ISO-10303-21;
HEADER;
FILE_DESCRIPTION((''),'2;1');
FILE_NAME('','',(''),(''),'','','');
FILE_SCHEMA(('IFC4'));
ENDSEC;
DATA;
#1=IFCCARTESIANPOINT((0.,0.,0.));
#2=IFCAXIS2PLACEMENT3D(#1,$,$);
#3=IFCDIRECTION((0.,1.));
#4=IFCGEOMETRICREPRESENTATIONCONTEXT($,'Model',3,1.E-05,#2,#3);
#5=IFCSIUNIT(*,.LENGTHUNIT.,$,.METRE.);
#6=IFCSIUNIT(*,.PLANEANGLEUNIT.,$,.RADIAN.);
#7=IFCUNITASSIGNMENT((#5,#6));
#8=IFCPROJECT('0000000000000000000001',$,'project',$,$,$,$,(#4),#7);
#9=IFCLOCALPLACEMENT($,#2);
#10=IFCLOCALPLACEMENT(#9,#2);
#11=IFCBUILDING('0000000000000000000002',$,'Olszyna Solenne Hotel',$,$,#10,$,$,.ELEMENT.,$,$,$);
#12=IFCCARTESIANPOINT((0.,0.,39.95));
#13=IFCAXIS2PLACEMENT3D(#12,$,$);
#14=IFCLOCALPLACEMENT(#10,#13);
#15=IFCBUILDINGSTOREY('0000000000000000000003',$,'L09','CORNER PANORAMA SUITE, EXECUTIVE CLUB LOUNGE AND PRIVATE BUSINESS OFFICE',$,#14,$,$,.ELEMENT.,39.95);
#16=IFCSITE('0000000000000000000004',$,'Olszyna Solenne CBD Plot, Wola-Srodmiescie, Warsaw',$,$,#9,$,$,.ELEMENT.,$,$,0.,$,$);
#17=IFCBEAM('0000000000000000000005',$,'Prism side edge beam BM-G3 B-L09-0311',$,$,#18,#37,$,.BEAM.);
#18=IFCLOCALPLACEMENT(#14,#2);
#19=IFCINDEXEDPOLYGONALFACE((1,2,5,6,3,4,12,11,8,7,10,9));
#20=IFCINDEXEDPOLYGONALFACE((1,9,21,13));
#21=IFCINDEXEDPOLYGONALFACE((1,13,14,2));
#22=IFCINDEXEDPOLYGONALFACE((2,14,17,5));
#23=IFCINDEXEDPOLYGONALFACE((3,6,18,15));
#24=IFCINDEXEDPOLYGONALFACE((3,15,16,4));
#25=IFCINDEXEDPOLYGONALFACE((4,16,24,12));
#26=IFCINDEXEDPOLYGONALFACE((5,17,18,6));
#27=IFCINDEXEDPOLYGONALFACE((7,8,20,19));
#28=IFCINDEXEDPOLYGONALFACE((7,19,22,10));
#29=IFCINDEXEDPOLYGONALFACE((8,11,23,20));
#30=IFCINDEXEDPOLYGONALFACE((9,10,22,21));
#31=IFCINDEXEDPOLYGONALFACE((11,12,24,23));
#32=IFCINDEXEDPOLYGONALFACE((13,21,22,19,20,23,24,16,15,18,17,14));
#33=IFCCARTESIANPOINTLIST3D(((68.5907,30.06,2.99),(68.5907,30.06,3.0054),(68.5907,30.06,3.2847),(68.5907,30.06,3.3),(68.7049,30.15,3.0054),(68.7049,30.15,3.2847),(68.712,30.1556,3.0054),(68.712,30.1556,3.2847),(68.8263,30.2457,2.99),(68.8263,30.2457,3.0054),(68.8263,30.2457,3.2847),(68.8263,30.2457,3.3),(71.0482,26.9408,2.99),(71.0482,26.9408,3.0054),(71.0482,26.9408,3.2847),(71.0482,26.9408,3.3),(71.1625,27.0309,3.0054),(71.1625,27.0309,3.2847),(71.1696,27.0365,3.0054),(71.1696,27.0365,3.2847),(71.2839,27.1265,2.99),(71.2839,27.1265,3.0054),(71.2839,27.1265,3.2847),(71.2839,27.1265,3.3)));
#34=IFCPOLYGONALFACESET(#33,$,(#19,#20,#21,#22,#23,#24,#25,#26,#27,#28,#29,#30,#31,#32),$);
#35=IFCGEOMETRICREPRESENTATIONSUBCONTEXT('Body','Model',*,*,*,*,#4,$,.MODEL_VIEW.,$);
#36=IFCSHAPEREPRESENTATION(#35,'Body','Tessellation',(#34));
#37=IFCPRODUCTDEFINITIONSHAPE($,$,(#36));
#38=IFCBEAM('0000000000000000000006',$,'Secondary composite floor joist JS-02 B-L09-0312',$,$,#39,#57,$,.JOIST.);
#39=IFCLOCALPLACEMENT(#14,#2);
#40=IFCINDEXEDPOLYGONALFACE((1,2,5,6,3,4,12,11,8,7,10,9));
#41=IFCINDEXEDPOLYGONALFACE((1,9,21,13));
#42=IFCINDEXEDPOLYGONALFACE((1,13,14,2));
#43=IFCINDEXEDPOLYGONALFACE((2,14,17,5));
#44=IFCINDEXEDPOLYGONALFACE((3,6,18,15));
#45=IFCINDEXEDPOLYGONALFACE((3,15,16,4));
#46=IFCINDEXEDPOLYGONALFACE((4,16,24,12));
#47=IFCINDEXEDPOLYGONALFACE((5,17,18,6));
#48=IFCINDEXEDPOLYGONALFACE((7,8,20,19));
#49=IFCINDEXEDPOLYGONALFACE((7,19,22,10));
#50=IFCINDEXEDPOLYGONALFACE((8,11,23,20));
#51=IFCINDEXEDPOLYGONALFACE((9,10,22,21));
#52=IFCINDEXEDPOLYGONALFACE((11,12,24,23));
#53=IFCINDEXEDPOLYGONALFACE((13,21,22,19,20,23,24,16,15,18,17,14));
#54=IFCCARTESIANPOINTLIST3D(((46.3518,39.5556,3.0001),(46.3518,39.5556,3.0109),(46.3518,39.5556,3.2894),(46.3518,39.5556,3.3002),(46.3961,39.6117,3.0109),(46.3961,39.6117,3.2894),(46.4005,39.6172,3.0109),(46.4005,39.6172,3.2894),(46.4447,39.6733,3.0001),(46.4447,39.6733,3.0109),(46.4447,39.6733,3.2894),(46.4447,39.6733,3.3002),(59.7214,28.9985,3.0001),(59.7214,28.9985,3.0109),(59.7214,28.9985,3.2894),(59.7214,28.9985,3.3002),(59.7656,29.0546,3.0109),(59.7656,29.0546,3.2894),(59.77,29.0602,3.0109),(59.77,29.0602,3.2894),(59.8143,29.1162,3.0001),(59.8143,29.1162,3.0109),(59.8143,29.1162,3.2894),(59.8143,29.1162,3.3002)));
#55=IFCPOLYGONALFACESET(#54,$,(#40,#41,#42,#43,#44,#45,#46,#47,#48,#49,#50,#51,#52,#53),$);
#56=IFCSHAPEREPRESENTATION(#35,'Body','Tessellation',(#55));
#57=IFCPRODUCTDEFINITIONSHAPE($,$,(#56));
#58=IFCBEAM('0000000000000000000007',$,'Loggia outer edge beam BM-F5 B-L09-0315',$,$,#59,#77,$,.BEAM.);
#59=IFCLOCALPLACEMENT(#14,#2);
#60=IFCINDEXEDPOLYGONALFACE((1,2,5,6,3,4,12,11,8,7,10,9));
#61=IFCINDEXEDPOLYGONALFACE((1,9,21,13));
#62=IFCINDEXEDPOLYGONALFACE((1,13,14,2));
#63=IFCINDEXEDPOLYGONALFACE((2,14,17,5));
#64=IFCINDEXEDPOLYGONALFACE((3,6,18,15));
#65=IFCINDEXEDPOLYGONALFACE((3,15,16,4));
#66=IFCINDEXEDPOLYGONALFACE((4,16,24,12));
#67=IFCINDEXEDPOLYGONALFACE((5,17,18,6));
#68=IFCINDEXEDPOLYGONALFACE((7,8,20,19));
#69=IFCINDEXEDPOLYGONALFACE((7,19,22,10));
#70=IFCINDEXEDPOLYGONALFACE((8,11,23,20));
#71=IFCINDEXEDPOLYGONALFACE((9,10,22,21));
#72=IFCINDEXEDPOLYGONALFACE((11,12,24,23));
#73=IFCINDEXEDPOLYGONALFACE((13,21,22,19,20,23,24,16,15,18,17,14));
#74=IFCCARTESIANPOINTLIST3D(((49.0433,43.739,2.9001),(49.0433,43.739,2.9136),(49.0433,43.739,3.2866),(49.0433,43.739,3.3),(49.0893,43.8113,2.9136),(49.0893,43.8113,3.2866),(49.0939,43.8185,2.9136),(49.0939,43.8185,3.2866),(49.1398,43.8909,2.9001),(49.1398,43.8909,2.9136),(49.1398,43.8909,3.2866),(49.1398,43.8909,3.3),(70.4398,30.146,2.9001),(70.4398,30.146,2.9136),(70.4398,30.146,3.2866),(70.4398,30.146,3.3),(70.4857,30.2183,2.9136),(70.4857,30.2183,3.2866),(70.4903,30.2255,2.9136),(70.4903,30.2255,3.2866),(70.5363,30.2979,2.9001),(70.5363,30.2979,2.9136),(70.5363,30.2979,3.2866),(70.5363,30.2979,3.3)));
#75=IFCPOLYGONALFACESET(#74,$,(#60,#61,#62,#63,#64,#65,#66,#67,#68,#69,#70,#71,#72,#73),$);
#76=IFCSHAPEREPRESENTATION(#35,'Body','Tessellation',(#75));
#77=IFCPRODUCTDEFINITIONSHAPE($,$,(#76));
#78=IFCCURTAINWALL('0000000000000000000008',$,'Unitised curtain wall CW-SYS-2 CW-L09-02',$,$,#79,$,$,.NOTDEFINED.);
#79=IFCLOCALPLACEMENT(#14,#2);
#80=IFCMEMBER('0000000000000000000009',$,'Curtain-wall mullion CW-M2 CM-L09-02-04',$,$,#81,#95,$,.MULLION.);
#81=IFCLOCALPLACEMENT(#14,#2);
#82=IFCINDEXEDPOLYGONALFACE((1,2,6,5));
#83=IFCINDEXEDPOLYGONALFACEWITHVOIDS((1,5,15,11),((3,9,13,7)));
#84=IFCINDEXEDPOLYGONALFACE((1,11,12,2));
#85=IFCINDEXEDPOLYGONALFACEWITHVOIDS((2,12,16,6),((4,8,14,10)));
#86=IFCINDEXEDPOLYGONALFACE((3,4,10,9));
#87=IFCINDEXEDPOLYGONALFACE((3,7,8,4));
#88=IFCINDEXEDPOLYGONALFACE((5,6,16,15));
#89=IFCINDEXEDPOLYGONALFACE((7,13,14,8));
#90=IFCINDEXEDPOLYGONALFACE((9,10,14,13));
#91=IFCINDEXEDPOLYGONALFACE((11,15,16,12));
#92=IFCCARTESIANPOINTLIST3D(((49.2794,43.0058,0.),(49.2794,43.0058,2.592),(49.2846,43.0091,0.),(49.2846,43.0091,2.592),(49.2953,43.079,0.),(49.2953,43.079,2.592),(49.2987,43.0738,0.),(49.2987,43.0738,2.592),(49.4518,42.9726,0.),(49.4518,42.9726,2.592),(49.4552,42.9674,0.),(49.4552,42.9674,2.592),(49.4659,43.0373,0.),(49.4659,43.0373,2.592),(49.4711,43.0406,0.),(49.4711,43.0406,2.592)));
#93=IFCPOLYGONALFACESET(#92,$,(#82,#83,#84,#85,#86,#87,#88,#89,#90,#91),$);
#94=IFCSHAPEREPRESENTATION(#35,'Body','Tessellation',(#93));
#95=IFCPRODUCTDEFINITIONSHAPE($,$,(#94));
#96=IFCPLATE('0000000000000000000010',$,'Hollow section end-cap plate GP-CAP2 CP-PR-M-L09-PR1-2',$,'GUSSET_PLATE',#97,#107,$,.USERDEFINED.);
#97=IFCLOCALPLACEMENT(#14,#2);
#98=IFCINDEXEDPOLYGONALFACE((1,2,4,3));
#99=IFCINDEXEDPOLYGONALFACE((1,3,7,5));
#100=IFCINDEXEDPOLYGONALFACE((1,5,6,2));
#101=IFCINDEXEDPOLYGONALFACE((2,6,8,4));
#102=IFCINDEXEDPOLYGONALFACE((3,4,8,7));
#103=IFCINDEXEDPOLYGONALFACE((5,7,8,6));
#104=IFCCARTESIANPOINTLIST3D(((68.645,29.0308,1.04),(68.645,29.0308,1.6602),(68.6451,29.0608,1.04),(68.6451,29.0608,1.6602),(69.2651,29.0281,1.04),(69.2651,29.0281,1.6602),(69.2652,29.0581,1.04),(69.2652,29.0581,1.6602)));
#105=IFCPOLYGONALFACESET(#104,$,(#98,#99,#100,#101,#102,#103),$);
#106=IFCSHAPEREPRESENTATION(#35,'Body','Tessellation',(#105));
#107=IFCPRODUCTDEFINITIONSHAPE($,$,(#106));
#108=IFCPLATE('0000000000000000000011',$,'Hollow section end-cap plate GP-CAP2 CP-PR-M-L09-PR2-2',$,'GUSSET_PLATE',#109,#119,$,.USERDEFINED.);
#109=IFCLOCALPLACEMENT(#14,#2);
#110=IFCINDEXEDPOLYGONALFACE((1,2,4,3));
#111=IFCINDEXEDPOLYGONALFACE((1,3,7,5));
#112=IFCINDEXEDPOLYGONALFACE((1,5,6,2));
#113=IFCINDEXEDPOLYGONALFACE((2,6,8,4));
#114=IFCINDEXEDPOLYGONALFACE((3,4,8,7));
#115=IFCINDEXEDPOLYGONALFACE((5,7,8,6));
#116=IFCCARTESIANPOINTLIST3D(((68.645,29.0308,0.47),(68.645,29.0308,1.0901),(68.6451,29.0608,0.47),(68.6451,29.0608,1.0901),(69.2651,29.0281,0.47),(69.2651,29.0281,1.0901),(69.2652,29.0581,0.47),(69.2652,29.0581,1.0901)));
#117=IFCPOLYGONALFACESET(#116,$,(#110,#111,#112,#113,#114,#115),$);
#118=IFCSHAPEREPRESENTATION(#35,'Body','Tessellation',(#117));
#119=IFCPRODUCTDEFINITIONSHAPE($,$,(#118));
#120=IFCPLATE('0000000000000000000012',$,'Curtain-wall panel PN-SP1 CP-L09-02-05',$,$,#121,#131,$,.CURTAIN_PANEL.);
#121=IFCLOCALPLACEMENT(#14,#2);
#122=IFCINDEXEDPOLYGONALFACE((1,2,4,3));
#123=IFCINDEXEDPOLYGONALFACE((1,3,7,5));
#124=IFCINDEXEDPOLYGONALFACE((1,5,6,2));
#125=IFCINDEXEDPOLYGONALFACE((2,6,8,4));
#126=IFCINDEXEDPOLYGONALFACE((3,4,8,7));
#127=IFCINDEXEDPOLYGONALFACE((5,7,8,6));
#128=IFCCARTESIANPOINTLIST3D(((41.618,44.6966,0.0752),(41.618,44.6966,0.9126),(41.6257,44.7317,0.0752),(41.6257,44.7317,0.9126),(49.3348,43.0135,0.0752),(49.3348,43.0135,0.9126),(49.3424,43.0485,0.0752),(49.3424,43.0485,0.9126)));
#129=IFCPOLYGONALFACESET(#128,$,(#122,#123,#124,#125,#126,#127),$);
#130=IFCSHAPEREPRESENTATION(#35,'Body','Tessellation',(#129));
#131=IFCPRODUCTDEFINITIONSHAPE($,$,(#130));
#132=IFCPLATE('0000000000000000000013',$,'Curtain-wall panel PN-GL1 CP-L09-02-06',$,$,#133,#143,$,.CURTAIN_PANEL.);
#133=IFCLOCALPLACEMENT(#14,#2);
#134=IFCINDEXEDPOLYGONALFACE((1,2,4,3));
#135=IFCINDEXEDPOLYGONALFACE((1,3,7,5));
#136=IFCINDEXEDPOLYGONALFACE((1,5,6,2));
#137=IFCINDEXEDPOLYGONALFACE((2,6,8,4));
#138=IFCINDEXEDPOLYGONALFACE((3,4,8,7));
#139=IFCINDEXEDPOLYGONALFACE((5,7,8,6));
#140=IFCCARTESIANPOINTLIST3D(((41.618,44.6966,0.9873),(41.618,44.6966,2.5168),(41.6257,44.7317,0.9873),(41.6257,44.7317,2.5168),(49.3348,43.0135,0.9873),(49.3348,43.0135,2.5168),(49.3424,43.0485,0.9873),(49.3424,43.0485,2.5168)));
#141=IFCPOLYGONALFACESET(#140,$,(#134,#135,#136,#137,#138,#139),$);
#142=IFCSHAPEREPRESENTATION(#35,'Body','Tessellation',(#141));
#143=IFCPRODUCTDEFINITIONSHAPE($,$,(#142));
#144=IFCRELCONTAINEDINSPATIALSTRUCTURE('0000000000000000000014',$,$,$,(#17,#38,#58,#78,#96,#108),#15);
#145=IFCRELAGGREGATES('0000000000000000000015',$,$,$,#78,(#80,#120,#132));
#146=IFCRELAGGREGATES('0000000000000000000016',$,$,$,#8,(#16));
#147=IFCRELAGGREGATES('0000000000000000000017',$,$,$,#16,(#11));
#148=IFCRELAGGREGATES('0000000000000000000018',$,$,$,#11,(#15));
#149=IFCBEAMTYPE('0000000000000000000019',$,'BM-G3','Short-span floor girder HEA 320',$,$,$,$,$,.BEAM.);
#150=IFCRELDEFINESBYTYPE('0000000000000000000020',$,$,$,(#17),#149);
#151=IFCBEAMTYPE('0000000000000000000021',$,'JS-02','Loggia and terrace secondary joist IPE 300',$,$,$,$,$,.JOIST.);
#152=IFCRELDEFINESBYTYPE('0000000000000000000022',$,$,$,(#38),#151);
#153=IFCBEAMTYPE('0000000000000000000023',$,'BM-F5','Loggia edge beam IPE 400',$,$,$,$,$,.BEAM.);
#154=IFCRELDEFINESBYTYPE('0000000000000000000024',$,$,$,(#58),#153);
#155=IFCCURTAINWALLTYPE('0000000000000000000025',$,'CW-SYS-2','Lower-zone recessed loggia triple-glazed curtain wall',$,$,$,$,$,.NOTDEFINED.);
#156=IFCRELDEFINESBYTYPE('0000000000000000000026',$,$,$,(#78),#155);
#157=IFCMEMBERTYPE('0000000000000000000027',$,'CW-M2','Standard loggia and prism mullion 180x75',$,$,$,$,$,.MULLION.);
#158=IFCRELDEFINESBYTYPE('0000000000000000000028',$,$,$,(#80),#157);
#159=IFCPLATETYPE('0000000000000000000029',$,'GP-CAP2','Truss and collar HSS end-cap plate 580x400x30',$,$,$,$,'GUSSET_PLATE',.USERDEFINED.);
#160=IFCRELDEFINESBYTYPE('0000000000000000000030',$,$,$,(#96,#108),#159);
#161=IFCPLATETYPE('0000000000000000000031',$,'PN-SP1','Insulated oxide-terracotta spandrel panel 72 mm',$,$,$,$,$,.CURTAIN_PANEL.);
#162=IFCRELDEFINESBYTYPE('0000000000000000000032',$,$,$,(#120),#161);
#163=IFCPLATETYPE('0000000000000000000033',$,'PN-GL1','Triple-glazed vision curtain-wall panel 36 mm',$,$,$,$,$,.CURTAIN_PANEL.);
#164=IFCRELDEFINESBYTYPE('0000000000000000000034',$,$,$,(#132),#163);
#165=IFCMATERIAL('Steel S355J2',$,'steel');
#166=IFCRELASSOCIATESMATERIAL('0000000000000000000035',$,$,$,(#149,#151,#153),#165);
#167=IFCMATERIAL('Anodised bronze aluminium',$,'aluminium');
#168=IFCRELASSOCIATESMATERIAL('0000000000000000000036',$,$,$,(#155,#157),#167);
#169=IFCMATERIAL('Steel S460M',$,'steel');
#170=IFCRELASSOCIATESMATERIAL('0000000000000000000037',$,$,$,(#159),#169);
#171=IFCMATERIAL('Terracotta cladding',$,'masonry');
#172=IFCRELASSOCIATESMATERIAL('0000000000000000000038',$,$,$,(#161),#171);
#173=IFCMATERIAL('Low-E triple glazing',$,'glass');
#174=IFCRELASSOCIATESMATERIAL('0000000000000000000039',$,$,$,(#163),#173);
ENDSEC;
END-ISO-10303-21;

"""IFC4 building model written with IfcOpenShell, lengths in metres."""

from ifc_helpers import new_model, si_unit, direction, frame, origin, origin_2d, place, context, subcontext, project, spatial, rectangle, hollow_rectangle, i_section, extrude, source, transform, mapped, material, material_profile, profile_set, type_object, element, aggregate, save


model = new_model("IFC4")

# Units and contexts
model_context = context("Model", 3, precision=1e-05, world=origin(), true_north=direction((0.0, 1.0)))
body_context = subcontext(model_context, "Body", "Model", "MODEL_VIEW")
ifc_project = project(units=[si_unit("LENGTHUNIT", "METRE"), si_unit("PLANEANGLEUNIT", "RADIAN")], contexts=[model_context])

# Site, building, storey
site_placement = place(None, origin())
site = spatial("IfcSite", under=ifc_project, at=site_placement, Name="Olszyna Solenne CBD Plot, Wola-Srodmiescie, Warsaw", CompositionType="ELEMENT", RefElevation=0.0)
building_placement = place(site_placement, origin())
building = spatial("IfcBuilding", under=site, at=building_placement, Name="Olszyna Solenne Hotel", CompositionType="ELEMENT")
storey_placement = place(building_placement, frame((0.0, 0.0, 39.95)))
storey = spatial("IfcBuildingStorey", under=building, at=storey_placement, Name="L09", Description="CORNER PANORAMA SUITE, EXECUTIVE CLUB LOUNGE AND PRIVATE BUSINESS OFFICE", CompositionType="ELEMENT", Elevation=39.95)

# Shared definitions
ifc_material_1 = material(Name="Steel S460M", Category="steel")

# Beams
ifc_material_2 = material(Name="Steel S355J2", Category="steel")
ifc_material_profile_1 = material_profile(ifc_material_2, i_section(OverallWidth=0.3, OverallDepth=0.3101, WebThickness=0.009, FlangeThickness=0.0154, at=origin_2d()), Name="HEA 320", Category="load-bearing")
ifc_profile_set_1 = profile_set([ifc_material_profile_1], Name="Steel S355J2")
beam_type_1 = type_object("IfcBeamType", Name="BM-G3", Description="Short-span floor girder HEA 320", PredefinedType="BEAM", material=ifc_profile_set_1)
shared_shape_1 = source(origin(), body_context, "Body", "SweptSolid", [
    extrude(i_section(OverallWidth=0.3, OverallDepth=0.3101, WebThickness=0.009, FlangeThickness=0.0154, at=origin_2d()), origin(), (0.0, 0.0, 1.0), 3.9709),
])
beam_1_placement = place(storey_placement, frame((68.7085, 30.1528, 3.145), z_axis=(0.618875, -0.78549, 0.0), x_axis=(0.78549, 0.618875, 0.0)))
element("IfcBeam", 1, at=beam_1_placement, inside=storey, type_object=beam_type_1, Name="Prism side edge beam BM-G3 B-L09-0311", PredefinedType="BEAM", context=body_context, shape_type="MappedRepresentation", body=[
    mapped(shared_shape_1, transform((0.0, 0.0, 0.0), x_axis=(1.0, 0.0, 0.0), y_axis=(0.0, 1.0, 0.0), z_axis=(0.0, 0.0, 1.0), scale=1.0)),
])
ifc_material_profile_2 = material_profile(ifc_material_2, i_section(OverallWidth=0.1499, OverallDepth=0.3, WebThickness=0.0071, FlangeThickness=0.0107, at=origin_2d()), Name="IPE 300", Category="load-bearing")
ifc_profile_set_2 = profile_set([ifc_material_profile_2], Name="Steel S355J2")
beam_type_2 = type_object("IfcBeamType", Name="JS-02", Description="Loggia and terrace secondary joist IPE 300", PredefinedType="JOIST", material=ifc_profile_set_2)
shared_shape_2 = source(origin(), body_context, "Body", "SweptSolid", [
    extrude(i_section(OverallWidth=0.1499, OverallDepth=0.3, WebThickness=0.0071, FlangeThickness=0.0107, at=origin_2d()), origin(), (0.0, 0.0, 1.0), 17.0352),
])
beam_2_placement = place(storey_placement, frame((59.7678, 29.0574, 3.1501), z_axis=(-0.784821, 0.619722, 0.0), x_axis=(-0.619722, -0.784821, 0.0)))
element("IfcBeam", 2, at=beam_2_placement, inside=storey, type_object=beam_type_2, Name="Secondary composite floor joist JS-02 B-L09-0312", PredefinedType="JOIST", context=body_context, shape_type="MappedRepresentation", body=[
    mapped(shared_shape_2, transform((0.0, 0.0, 0.0), x_axis=(1.0, 0.0, 0.0), y_axis=(0.0, 1.0, 0.0), z_axis=(0.0, 0.0, 1.0), scale=1.0)),
])
ifc_material_profile_3 = material_profile(ifc_material_2, i_section(OverallWidth=0.1799, OverallDepth=0.3999, WebThickness=0.0085, FlangeThickness=0.0134, at=origin_2d()), Name="IPE 400", Category="load-bearing")
ifc_profile_set_3 = profile_set([ifc_material_profile_3], Name="Steel S355J2")
beam_type_3 = type_object("IfcBeamType", Name="BM-F5", Description="Loggia edge beam IPE 400", PredefinedType="BEAM", material=ifc_profile_set_3)
shared_shape_3 = source(origin(), body_context, "Body", "SweptSolid", [
    extrude(i_section(OverallWidth=0.1799, OverallDepth=0.3999, WebThickness=0.0085, FlangeThickness=0.0134, at=origin_2d()), origin(), (0.0, 0.0, 1.0), 25.3491),
])
beam_3_placement = place(storey_placement, frame((70.488, 30.2219, 3.1001), z_axis=(-0.844071, 0.536232, 0.0), x_axis=(-0.536232, -0.844071, 0.0)))
element("IfcBeam", 3, at=beam_3_placement, inside=storey, type_object=beam_type_3, Name="Loggia outer edge beam BM-F5 B-L09-0315", PredefinedType="BEAM", context=body_context, shape_type="MappedRepresentation", body=[
    mapped(shared_shape_3, transform((0.0, 0.0, 0.0), x_axis=(1.0, 0.0, 0.0), y_axis=(0.0, 1.0, 0.0), z_axis=(0.0, 0.0, 1.0), scale=1.0)),
])

# Curtain wall, member
ifc_material_3 = material(Name="Anodised bronze aluminium", Category="aluminium")
curtain_wall_type = type_object("IfcCurtainWallType", Name="CW-SYS-2", Description="Lower-zone recessed loggia triple-glazed curtain wall", PredefinedType="NOTDEFINED", material=ifc_material_3)
curtain_wall_placement = place(storey_placement, origin())
curtain_wall = element("IfcCurtainWall", 4, at=curtain_wall_placement, inside=storey, type_object=curtain_wall_type, Name="Unitised curtain wall CW-SYS-2 CW-L09-02", PredefinedType="NOTDEFINED")
ifc_material_profile_4 = material_profile(ifc_material_3, hollow_rectangle(XDim=0.075, YDim=0.1799, WallThickness=0.0044, at=origin_2d()), Name="MULL 180x75x4.5", Category="load-bearing")
ifc_profile_set_4 = profile_set([ifc_material_profile_4], Name="Anodised bronze aluminium")
member_type = type_object("IfcMemberType", Name="CW-M2", Description="Standard loggia and prism mullion 180x75", PredefinedType="MULLION", material=ifc_profile_set_4)
shared_shape_4 = source(origin(), body_context, "Body", "SweptSolid", [
    extrude(hollow_rectangle(XDim=0.075, YDim=0.1799, WallThickness=0.0044, at=origin_2d()), origin(), (0.0, 0.0, 1.0), 2.592),
])
member_placement = place(storey_placement, frame((49.3752, 43.0232, 0.0), z_axis=(0.0, 0.0, 1.0), x_axis=(0.213104, 0.97703, 0.0)))
member = element("IfcMember", 5, at=member_placement, type_object=member_type, Name="Curtain-wall mullion CW-M2 CM-L09-02-04", PredefinedType="MULLION", context=body_context, shape_type="MappedRepresentation", body=[
    mapped(shared_shape_4, transform((0.0, 0.0, 0.0), x_axis=(1.0, 0.0, 0.0), y_axis=(0.0, 1.0, 0.0), z_axis=(0.0, 0.0, 1.0), scale=1.0)),
])

# Plates
plate_type_1 = type_object("IfcPlateType", Name="GP-CAP2", Description="Truss and collar HSS end-cap plate 580x400x30", ElementType="GUSSET_PLATE", PredefinedType="USERDEFINED", material=ifc_material_1)
shared_shape_5 = source(origin(), body_context, "Body", "SweptSolid", [
    extrude(rectangle(XDim=0.03, YDim=0.6201, at=origin_2d()), origin(), (0.0, 0.0, 1.0), 0.6201),
])
for number, where, z_axis, x_axis, name in (
    (6, (68.9551, 29.0444, 1.04), (0.0, 0.0, 1.0), (0.004363, 0.99999, 0.0), "Hollow section end-cap plate GP-CAP2 CP-PR-M-L09-PR1-2"),
    (7, (68.9551, 29.0444, 0.47), (0.0, 0.0, 1.0), (0.004363, 0.99999, 0.0), "Hollow section end-cap plate GP-CAP2 CP-PR-M-L09-PR2-2"),
):
    element("IfcPlate", number, at=place(storey_placement, frame(where, z_axis=z_axis, x_axis=x_axis)), inside=storey, type_object=plate_type_1, Name=name, ObjectType="GUSSET_PLATE", PredefinedType="USERDEFINED", context=body_context, shape_type="MappedRepresentation", body=[
        mapped(shared_shape_5, transform((0.0, 0.0, 0.0), x_axis=(1.0, 0.0, 0.0), y_axis=(0.0, 1.0, 0.0), z_axis=(0.0, 0.0, 1.0), scale=1.0)),
    ])

# Plates
ifc_material_4 = material(Name="Terracotta cladding", Category="masonry")
plate_type_2 = type_object("IfcPlateType", Name="PN-SP1", Description="Insulated oxide-terracotta spandrel panel 72 mm", PredefinedType="CURTAIN_PANEL", material=ifc_material_4)
shared_shape_6 = source(origin(), body_context, "Body", "SweptSolid", [
    extrude(rectangle(XDim=7.8982, YDim=0.0359, at=origin_2d()), origin(), (0.0, 0.0, 1.0), 0.8374),
])
plate_1_placement = place(storey_placement, frame((45.4802, 43.8726, 0.0752), z_axis=(0.0, 0.0, 1.0), x_axis=(0.97703, -0.213104, 0.0)))
plate_1 = element("IfcPlate", 8, at=plate_1_placement, type_object=plate_type_2, Name="Curtain-wall panel PN-SP1 CP-L09-02-05", PredefinedType="CURTAIN_PANEL", context=body_context, shape_type="MappedRepresentation", body=[
    mapped(shared_shape_6, transform((0.0, 0.0, 0.0), x_axis=(1.0, 0.0, 0.0), y_axis=(0.0, 1.0, 0.0), z_axis=(0.0, 0.0, 1.0), scale=1.0)),
])
ifc_material_5 = material(Name="Low-E triple glazing", Category="glass")
plate_type_3 = type_object("IfcPlateType", Name="PN-GL1", Description="Triple-glazed vision curtain-wall panel 36 mm", PredefinedType="CURTAIN_PANEL", material=ifc_material_5)
shared_shape_7 = source(origin(), body_context, "Body", "SweptSolid", [
    extrude(rectangle(XDim=7.8982, YDim=0.0359, at=origin_2d()), origin(), (0.0, 0.0, 1.0), 1.5295),
])
plate_2_placement = place(storey_placement, frame((45.4802, 43.8726, 0.9873), z_axis=(0.0, 0.0, 1.0), x_axis=(0.97703, -0.213104, 0.0)))
plate_2 = element("IfcPlate", 9, at=plate_2_placement, type_object=plate_type_3, Name="Curtain-wall panel PN-GL1 CP-L09-02-06", PredefinedType="CURTAIN_PANEL", context=body_context, shape_type="MappedRepresentation", body=[
    mapped(shared_shape_7, transform((0.0, 0.0, 0.0), x_axis=(1.0, 0.0, 0.0), y_axis=(0.0, 1.0, 0.0), z_axis=(0.0, 0.0, 1.0), scale=1.0)),
])
aggregate(curtain_wall, [member, plate_1, plate_2])

save(model, "model.ifc")
